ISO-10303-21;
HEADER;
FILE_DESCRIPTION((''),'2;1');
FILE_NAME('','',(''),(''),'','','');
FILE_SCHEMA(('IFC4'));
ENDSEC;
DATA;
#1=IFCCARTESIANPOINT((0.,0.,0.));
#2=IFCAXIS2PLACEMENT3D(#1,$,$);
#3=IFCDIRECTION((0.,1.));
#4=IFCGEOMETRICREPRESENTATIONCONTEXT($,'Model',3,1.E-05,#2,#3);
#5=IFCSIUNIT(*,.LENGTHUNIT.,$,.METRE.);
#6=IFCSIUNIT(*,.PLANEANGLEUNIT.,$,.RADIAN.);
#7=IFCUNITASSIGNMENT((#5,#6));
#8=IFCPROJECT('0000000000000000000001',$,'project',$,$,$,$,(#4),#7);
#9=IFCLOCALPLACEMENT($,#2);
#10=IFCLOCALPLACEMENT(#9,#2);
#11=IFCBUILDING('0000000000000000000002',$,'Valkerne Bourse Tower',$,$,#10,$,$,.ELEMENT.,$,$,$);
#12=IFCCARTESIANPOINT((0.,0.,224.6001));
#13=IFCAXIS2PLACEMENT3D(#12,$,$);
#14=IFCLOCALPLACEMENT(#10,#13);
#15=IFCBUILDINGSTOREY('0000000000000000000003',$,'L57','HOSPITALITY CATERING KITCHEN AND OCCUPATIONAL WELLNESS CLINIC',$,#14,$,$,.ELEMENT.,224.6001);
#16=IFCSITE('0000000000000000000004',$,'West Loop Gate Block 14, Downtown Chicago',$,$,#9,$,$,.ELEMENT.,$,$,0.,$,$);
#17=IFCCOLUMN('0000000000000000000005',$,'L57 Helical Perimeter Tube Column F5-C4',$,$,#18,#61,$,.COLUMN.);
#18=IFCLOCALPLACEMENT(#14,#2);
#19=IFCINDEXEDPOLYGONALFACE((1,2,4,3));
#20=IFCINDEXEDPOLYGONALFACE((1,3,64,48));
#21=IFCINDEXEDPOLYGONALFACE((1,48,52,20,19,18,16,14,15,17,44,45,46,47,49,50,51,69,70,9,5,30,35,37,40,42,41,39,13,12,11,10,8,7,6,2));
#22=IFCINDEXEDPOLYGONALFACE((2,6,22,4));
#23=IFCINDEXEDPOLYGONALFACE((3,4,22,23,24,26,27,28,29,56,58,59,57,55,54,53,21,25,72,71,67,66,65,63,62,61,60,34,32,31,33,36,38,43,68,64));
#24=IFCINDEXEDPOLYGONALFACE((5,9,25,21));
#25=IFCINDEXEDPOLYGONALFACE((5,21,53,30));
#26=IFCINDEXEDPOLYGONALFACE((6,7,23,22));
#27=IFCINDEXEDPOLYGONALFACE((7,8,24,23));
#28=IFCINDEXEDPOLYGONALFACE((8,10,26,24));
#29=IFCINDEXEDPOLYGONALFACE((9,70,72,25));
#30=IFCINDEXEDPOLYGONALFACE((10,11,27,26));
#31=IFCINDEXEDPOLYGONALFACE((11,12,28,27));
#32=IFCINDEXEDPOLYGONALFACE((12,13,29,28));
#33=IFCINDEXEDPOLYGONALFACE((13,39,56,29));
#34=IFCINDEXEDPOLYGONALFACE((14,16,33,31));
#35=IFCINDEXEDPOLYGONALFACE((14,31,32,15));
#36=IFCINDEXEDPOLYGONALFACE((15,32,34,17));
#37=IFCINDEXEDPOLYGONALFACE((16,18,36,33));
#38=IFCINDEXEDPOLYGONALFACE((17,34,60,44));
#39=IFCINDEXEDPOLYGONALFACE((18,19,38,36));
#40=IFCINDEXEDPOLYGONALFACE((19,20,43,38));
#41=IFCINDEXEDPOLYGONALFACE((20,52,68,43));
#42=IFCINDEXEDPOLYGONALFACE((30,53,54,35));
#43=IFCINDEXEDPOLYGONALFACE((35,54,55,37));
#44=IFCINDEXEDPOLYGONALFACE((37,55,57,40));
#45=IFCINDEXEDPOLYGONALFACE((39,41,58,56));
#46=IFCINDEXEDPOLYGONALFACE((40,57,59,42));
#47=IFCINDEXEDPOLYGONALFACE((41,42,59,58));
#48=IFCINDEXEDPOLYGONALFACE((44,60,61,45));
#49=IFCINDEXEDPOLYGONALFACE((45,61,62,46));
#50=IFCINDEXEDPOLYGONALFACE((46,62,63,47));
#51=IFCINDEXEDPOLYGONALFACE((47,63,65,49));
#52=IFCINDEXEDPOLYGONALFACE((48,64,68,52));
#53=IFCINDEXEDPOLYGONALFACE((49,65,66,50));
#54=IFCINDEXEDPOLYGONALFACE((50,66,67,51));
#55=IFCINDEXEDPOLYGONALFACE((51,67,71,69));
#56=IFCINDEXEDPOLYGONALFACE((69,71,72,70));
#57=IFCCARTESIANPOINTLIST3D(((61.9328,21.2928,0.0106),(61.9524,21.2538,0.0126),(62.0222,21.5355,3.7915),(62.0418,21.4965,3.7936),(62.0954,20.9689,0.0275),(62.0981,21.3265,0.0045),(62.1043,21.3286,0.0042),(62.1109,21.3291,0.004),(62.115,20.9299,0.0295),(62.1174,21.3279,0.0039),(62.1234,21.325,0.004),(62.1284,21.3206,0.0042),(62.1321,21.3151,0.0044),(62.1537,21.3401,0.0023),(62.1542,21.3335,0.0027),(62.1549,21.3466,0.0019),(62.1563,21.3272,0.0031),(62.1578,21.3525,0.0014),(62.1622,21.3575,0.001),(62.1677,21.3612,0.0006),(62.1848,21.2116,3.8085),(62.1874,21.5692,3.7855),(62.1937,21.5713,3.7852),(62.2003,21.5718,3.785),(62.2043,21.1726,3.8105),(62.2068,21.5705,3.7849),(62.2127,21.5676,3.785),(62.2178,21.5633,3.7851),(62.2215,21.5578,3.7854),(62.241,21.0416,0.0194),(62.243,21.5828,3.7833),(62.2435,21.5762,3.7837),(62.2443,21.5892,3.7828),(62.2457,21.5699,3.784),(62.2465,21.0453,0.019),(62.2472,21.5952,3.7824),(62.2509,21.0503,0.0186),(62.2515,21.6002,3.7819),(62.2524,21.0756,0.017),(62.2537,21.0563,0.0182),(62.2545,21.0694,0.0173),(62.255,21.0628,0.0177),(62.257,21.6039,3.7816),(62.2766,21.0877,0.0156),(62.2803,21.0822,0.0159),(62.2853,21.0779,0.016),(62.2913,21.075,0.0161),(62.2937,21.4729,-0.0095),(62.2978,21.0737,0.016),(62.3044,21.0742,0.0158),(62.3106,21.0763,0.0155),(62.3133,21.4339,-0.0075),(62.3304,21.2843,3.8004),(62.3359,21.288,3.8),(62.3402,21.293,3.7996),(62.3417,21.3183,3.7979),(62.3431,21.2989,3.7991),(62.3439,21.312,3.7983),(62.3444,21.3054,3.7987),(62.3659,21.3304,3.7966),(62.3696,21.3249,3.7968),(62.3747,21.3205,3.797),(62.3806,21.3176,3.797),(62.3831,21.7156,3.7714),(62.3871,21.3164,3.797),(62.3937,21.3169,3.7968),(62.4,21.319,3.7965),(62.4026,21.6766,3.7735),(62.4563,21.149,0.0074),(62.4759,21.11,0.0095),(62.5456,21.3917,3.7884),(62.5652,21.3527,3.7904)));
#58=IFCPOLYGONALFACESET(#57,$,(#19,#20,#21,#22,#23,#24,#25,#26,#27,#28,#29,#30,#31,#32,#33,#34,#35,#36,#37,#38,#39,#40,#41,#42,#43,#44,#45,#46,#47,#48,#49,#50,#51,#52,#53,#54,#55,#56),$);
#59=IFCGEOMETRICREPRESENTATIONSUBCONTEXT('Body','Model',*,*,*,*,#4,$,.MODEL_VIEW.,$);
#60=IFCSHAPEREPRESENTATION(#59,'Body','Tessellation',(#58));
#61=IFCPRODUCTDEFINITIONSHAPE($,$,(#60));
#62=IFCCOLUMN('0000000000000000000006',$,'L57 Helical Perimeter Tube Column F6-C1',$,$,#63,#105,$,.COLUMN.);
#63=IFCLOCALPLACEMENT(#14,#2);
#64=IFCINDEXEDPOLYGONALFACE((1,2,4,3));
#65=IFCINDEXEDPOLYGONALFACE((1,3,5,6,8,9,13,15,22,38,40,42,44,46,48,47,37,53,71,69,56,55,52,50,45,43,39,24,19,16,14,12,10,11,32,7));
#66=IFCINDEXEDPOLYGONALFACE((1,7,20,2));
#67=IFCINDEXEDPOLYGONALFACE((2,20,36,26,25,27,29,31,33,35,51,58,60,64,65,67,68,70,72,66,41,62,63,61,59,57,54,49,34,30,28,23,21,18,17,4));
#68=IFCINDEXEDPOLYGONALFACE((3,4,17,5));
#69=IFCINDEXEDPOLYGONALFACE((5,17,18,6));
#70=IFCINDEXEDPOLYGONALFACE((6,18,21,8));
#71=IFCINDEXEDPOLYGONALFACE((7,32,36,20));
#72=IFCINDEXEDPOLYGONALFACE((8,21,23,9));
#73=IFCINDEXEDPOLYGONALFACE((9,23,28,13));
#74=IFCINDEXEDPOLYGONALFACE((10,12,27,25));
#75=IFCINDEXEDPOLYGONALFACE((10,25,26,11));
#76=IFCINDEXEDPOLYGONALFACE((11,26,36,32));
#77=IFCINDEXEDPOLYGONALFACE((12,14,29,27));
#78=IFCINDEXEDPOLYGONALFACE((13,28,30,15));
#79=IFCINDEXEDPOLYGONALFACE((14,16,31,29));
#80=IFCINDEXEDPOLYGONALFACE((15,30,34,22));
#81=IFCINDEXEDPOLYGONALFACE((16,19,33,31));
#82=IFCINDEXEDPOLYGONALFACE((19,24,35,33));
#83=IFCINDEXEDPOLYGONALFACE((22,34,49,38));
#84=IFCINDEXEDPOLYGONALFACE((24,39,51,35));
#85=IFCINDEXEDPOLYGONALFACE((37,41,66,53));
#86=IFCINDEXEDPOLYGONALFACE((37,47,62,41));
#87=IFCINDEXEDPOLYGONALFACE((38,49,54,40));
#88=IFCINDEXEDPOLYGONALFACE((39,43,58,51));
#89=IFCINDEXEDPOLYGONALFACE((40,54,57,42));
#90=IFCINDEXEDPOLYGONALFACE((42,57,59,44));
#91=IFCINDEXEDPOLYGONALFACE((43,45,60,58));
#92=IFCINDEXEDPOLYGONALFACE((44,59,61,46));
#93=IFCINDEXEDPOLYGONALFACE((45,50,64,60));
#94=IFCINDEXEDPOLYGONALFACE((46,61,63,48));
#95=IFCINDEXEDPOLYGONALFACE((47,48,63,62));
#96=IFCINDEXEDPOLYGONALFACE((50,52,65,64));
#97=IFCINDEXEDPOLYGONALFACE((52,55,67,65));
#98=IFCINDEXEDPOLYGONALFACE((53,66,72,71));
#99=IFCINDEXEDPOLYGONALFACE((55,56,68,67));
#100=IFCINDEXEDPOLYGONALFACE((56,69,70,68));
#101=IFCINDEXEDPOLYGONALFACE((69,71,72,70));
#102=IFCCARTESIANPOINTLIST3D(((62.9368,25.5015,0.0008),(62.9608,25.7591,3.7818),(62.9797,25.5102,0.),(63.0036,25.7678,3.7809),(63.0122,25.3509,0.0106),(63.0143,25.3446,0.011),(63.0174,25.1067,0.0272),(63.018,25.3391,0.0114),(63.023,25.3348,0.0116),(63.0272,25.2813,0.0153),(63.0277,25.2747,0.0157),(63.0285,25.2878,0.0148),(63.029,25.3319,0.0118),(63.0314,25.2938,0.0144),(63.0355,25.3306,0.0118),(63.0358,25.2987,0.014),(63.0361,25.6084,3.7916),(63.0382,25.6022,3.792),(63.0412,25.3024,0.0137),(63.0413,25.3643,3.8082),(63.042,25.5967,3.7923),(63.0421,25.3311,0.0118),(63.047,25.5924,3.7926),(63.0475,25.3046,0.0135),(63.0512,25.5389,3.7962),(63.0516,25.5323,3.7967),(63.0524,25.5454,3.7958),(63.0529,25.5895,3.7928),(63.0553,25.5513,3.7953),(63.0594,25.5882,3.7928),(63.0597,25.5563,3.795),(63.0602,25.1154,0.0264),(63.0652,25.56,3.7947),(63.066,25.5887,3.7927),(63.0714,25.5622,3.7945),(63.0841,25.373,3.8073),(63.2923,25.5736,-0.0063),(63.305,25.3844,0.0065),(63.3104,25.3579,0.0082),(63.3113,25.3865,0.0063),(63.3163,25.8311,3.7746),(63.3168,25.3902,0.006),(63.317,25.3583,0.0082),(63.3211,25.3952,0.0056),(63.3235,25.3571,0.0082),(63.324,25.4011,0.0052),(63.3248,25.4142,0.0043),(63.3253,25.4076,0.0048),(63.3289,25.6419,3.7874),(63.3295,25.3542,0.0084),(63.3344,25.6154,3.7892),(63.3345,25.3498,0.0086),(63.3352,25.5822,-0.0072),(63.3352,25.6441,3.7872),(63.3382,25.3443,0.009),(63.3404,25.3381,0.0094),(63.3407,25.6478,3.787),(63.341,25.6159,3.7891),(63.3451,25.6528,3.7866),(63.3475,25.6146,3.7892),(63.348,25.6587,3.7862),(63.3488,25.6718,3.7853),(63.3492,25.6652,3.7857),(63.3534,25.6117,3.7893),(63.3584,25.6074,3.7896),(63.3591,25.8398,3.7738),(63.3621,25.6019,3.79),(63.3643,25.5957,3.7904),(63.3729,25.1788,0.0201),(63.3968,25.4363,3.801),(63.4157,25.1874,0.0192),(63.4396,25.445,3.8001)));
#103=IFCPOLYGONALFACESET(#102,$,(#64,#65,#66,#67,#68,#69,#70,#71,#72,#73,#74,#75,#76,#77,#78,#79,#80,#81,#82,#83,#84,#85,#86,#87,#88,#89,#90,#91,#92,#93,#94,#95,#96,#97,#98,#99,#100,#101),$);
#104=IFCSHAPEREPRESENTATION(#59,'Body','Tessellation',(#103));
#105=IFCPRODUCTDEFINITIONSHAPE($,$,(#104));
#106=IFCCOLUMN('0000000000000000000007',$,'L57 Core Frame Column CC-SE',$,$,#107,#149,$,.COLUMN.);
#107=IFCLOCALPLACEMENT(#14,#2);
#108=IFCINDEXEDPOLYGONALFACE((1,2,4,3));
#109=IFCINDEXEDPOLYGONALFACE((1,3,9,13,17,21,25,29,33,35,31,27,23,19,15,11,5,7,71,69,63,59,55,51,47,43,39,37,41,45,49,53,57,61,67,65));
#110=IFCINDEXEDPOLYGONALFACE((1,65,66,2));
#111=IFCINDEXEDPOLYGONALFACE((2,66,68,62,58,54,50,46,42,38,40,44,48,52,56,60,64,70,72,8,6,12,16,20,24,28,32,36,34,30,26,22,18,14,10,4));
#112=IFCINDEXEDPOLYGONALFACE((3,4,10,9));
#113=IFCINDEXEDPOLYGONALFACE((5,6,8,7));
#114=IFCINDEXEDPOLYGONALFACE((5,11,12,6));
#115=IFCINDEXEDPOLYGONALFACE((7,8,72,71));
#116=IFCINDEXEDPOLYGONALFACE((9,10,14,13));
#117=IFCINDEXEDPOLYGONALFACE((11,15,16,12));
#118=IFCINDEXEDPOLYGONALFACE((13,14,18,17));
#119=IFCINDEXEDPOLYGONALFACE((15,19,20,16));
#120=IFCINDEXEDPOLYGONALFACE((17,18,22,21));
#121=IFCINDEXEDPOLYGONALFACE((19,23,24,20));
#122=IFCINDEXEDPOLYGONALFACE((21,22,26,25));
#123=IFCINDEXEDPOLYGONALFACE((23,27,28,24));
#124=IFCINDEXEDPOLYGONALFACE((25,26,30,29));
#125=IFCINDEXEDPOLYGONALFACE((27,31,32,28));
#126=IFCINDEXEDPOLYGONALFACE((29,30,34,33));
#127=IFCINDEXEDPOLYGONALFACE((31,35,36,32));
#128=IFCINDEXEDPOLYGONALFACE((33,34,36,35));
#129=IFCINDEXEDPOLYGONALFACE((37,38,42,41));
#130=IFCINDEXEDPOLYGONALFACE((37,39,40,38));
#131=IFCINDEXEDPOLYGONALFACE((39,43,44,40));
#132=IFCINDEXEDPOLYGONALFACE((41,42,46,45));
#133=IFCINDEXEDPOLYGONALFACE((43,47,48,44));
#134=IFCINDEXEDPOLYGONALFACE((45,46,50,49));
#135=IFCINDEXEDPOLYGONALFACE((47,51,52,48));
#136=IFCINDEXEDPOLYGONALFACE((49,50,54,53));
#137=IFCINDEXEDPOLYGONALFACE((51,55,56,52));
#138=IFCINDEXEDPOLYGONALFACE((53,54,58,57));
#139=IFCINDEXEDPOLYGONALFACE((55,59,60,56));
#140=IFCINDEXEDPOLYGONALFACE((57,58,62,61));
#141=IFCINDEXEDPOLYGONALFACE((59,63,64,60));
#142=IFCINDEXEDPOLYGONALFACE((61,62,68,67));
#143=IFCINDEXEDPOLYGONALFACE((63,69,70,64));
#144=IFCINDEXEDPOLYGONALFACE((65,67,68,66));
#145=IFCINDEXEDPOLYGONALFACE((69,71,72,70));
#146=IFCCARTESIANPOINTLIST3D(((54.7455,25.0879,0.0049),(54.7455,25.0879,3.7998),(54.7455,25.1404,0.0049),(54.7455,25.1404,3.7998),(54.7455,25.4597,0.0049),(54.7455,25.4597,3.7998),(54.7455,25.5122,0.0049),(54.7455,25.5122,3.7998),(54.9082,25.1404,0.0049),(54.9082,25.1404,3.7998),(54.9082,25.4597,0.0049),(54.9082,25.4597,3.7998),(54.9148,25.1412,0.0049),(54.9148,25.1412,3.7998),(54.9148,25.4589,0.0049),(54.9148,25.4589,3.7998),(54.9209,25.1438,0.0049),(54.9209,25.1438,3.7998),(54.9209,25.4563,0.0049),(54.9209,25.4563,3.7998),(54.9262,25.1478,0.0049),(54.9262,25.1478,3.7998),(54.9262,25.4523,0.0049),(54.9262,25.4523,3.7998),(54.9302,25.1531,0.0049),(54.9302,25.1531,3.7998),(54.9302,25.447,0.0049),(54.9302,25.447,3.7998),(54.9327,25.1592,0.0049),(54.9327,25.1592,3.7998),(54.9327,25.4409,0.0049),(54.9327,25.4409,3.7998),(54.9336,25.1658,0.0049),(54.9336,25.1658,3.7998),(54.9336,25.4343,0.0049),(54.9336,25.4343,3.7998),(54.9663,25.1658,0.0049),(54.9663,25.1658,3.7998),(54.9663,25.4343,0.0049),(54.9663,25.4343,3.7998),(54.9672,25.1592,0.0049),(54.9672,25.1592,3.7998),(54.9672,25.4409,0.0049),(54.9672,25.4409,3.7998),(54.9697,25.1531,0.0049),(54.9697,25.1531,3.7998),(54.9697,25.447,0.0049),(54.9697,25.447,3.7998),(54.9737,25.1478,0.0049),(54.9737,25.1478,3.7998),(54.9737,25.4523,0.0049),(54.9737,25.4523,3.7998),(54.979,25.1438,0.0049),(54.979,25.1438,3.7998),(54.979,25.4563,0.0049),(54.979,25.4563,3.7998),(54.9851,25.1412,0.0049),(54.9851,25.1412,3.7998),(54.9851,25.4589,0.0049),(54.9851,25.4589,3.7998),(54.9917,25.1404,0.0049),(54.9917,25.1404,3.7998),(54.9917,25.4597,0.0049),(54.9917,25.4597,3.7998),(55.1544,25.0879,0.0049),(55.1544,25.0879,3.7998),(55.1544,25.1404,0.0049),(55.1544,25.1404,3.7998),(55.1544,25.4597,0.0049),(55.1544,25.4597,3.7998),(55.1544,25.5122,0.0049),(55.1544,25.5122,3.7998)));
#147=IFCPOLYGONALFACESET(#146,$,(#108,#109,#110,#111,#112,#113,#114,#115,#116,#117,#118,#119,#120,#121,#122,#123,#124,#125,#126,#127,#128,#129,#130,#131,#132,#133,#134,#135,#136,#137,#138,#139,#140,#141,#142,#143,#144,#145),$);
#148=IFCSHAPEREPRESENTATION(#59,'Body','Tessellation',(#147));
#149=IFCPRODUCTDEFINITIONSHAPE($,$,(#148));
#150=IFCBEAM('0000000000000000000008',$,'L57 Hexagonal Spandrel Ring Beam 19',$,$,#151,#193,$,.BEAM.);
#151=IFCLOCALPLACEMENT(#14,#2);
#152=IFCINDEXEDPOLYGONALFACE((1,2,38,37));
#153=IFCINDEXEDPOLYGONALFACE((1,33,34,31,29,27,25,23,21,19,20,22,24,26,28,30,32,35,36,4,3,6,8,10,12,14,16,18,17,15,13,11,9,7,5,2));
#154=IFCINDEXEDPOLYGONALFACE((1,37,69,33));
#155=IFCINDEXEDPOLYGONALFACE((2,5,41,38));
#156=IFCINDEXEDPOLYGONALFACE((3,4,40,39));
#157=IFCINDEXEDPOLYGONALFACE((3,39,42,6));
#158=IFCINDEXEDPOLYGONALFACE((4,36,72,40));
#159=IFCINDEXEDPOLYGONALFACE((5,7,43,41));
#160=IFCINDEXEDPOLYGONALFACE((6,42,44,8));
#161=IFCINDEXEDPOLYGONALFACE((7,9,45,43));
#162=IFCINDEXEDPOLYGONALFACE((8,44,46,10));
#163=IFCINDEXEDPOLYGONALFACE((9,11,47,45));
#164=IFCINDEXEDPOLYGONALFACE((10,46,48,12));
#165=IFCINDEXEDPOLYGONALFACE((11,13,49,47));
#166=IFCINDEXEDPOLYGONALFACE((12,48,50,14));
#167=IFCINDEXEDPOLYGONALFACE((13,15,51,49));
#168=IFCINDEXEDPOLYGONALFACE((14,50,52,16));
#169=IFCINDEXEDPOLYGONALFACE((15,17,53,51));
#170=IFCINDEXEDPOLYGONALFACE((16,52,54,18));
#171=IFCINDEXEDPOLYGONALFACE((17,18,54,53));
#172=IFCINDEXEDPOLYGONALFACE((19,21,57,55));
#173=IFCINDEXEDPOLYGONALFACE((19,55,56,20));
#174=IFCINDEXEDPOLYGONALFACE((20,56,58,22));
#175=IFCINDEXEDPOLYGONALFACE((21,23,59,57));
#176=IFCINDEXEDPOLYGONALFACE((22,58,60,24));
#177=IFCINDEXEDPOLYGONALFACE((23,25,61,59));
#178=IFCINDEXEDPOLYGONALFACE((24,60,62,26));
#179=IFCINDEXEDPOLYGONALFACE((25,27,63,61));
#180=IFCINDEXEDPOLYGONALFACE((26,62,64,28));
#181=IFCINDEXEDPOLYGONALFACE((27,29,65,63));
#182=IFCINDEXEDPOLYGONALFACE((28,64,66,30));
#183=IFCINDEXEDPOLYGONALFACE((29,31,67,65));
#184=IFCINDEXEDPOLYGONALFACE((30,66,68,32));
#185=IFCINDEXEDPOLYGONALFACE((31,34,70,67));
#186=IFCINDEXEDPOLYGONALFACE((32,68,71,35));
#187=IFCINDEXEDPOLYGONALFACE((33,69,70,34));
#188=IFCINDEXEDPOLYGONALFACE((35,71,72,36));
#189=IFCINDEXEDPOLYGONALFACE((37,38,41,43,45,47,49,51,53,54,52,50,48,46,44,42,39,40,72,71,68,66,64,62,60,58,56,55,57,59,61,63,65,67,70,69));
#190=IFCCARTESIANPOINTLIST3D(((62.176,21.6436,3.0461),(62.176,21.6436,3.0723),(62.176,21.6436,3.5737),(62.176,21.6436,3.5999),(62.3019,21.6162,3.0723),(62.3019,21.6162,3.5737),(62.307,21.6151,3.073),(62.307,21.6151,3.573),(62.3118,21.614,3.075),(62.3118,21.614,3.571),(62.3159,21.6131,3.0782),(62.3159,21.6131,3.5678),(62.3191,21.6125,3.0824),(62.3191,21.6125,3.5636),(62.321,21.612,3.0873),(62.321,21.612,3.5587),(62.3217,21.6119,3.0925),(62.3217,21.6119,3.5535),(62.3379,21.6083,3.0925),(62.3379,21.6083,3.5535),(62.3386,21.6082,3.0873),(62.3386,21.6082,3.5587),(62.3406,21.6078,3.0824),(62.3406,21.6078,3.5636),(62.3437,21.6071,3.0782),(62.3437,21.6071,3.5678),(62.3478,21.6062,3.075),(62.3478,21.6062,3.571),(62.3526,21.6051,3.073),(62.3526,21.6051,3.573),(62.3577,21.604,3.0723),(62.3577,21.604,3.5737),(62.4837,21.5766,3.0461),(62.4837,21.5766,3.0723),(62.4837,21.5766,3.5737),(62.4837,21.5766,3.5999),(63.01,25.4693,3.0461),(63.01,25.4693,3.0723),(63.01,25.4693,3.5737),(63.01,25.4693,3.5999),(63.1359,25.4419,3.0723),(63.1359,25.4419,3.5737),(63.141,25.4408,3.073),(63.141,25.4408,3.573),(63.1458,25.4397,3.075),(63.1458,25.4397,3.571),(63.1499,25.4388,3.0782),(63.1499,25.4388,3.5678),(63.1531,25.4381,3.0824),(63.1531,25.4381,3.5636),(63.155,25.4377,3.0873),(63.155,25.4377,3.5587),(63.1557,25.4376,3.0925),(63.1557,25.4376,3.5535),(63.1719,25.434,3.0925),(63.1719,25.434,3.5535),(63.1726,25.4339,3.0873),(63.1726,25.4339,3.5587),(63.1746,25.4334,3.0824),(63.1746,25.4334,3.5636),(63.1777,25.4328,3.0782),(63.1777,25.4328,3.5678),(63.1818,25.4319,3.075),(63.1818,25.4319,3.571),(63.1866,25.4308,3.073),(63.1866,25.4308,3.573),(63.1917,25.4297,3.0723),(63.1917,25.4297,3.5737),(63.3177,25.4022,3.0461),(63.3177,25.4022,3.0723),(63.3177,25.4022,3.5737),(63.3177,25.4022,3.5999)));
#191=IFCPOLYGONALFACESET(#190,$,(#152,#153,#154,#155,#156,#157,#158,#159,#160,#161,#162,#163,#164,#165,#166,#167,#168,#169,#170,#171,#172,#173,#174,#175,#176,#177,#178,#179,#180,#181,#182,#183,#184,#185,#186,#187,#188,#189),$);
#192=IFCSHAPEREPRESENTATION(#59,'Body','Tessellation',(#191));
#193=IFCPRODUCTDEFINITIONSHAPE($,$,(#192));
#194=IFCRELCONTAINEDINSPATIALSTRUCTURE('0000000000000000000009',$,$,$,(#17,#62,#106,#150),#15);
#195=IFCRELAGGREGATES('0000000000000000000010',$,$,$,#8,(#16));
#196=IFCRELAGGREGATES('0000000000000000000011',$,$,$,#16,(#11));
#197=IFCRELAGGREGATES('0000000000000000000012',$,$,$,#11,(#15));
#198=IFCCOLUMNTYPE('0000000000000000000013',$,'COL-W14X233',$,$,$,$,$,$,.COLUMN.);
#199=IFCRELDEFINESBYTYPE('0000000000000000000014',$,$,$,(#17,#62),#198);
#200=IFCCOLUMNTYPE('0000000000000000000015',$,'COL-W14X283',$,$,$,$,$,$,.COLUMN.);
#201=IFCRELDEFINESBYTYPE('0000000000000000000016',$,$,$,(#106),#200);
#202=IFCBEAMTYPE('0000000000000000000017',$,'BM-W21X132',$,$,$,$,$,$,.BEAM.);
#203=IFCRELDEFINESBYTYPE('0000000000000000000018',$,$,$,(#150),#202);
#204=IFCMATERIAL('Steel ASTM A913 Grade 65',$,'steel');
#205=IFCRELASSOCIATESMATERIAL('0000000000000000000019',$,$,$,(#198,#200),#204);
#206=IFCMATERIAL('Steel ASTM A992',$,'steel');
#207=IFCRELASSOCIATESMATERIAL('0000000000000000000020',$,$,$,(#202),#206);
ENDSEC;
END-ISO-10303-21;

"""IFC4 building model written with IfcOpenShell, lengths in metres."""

from ifc_helpers import new_model, si_unit, direction, frame, origin, origin_2d, place, context, subcontext, project, spatial, i_section, extrude, material, material_profile, profile_set, type_object, element, save


model = new_model("IFC4")

# Units and contexts
model_context = context("Model", 3, precision=1e-05, world=origin(), true_north=direction((0.0, 1.0)))
body_context = subcontext(model_context, "Body", "Model", "MODEL_VIEW")
ifc_project = project(units=[si_unit("LENGTHUNIT", "METRE"), si_unit("PLANEANGLEUNIT", "RADIAN")], contexts=[model_context])

# Site, building, storey
site_placement = place(None, origin())
site = spatial("IfcSite", under=ifc_project, at=site_placement, Name="West Loop Gate Block 14, Downtown Chicago", CompositionType="ELEMENT", RefElevation=0.0)
building_placement = place(site_placement, origin())
building = spatial("IfcBuilding", under=site, at=building_placement, Name="Valkerne Bourse Tower", CompositionType="ELEMENT")
storey_placement = place(building_placement, frame((0.0, 0.0, 224.6001)))
storey = spatial("IfcBuildingStorey", under=building, at=storey_placement, Name="L57", Description="HOSPITALITY CATERING KITCHEN AND OCCUPATIONAL WELLNESS CLINIC", CompositionType="ELEMENT", Elevation=224.6001)

# Columns
ifc_material_1 = material(Name="Steel ASTM A913 Grade 65", Category="steel")
ifc_material_profile_1 = material_profile(ifc_material_1, i_section(OverallWidth=0.4038, OverallDepth=0.4065, WebThickness=0.0271, FlangeThickness=0.0437, FilletRadius=0.0254, at=origin_2d()), Name="W14X233")
ifc_profile_set_1 = profile_set([ifc_material_profile_1], Name="Steel ASTM A913 Grade 65")
column_type_1 = type_object("IfcColumnType", Name="COL-W14X233", PredefinedType="COLUMN", material=ifc_profile_set_1)
for number, where, z_axis, x_axis, name in (
    (1, (62.2043, 21.2014, 0.01), (0.023578, 0.064033, 0.997669), (-0.893678, -0.445943, 0.049742), "L57 Helical Perimeter Tube Column F5-C4"),
    (2, (63.1763, 25.3445, 0.01), (0.006313, 0.067963, 0.997668), (0.199454, -0.977726, 0.065342), "L57 Helical Perimeter Tube Column F6-C1"),
):
    element("IfcColumn", number, at=place(storey_placement, frame(where, z_axis=z_axis, x_axis=x_axis)), inside=storey, type_object=column_type_1, Name=name, PredefinedType="COLUMN", context=body_context, shape_type="SweptSolid", body=[
        extrude(i_section(OverallWidth=0.4038, OverallDepth=0.4065, WebThickness=0.0271, FlangeThickness=0.0437, FilletRadius=0.0254, at=origin_2d()), origin(), (0.0, 0.0, 1.0), 3.7898),
    ])
ifc_material_profile_2 = material_profile(ifc_material_1, i_section(OverallWidth=0.4089, OverallDepth=0.4243, WebThickness=0.0327, FlangeThickness=0.0525, FilletRadius=0.0254, at=origin_2d()), Name="W14X283")
ifc_profile_set_2 = profile_set([ifc_material_profile_2], Name="Steel ASTM A913 Grade 65")
column_type_2 = type_object("IfcColumnType", Name="COL-W14X283", PredefinedType="COLUMN", material=ifc_profile_set_2)
column_placement = place(storey_placement, frame((54.95, 25.3, 0.0049), z_axis=(0.0, 0.0, 1.0), x_axis=(1.0, 0.0, 0.0)))
element("IfcColumn", 3, at=column_placement, inside=storey, type_object=column_type_2, Name="L57 Core Frame Column CC-SE", PredefinedType="COLUMN", context=body_context, shape_type="SweptSolid", body=[
    extrude(i_section(OverallWidth=0.4089, OverallDepth=0.4243, WebThickness=0.0327, FlangeThickness=0.0525, FilletRadius=0.0254, at=origin_2d()), origin(), (0.0, 0.0, 1.0), 3.7949),
])

# Beam
ifc_material_2 = material(Name="Steel ASTM A992", Category="steel")
ifc_material_profile_3 = material_profile(ifc_material_2, i_section(OverallWidth=0.3149, OverallDepth=0.5537, WebThickness=0.0166, FlangeThickness=0.0261, FilletRadius=0.0203, at=origin_2d()), Name="W21X132")
ifc_profile_set_3 = profile_set([ifc_material_profile_3], Name="Steel ASTM A992")
beam_type_1 = type_object("IfcBeamType", Name="BM-W21X132", PredefinedType="BEAM", material=ifc_profile_set_3)
beam_1_placement = place(storey_placement, frame((62.3298, 21.6101, 3.323), z_axis=(0.212994, 0.977054, 0.0), x_axis=(-0.977054, 0.212994, 0.0)))
element("IfcBeam", 4, at=beam_1_placement, inside=storey, type_object=beam_type_1, Name="L57 Hexagonal Spandrel Ring Beam 19", PredefinedType="BEAM", context=body_context, shape_type="SweptSolid", body=[
    extrude(i_section(OverallWidth=0.3149, OverallDepth=0.5537, WebThickness=0.0166, FlangeThickness=0.0261, FilletRadius=0.0203, at=origin_2d()), origin(), (0.0, 0.0, 1.0), 3.9155),
])

save(model, "model.ifc")
